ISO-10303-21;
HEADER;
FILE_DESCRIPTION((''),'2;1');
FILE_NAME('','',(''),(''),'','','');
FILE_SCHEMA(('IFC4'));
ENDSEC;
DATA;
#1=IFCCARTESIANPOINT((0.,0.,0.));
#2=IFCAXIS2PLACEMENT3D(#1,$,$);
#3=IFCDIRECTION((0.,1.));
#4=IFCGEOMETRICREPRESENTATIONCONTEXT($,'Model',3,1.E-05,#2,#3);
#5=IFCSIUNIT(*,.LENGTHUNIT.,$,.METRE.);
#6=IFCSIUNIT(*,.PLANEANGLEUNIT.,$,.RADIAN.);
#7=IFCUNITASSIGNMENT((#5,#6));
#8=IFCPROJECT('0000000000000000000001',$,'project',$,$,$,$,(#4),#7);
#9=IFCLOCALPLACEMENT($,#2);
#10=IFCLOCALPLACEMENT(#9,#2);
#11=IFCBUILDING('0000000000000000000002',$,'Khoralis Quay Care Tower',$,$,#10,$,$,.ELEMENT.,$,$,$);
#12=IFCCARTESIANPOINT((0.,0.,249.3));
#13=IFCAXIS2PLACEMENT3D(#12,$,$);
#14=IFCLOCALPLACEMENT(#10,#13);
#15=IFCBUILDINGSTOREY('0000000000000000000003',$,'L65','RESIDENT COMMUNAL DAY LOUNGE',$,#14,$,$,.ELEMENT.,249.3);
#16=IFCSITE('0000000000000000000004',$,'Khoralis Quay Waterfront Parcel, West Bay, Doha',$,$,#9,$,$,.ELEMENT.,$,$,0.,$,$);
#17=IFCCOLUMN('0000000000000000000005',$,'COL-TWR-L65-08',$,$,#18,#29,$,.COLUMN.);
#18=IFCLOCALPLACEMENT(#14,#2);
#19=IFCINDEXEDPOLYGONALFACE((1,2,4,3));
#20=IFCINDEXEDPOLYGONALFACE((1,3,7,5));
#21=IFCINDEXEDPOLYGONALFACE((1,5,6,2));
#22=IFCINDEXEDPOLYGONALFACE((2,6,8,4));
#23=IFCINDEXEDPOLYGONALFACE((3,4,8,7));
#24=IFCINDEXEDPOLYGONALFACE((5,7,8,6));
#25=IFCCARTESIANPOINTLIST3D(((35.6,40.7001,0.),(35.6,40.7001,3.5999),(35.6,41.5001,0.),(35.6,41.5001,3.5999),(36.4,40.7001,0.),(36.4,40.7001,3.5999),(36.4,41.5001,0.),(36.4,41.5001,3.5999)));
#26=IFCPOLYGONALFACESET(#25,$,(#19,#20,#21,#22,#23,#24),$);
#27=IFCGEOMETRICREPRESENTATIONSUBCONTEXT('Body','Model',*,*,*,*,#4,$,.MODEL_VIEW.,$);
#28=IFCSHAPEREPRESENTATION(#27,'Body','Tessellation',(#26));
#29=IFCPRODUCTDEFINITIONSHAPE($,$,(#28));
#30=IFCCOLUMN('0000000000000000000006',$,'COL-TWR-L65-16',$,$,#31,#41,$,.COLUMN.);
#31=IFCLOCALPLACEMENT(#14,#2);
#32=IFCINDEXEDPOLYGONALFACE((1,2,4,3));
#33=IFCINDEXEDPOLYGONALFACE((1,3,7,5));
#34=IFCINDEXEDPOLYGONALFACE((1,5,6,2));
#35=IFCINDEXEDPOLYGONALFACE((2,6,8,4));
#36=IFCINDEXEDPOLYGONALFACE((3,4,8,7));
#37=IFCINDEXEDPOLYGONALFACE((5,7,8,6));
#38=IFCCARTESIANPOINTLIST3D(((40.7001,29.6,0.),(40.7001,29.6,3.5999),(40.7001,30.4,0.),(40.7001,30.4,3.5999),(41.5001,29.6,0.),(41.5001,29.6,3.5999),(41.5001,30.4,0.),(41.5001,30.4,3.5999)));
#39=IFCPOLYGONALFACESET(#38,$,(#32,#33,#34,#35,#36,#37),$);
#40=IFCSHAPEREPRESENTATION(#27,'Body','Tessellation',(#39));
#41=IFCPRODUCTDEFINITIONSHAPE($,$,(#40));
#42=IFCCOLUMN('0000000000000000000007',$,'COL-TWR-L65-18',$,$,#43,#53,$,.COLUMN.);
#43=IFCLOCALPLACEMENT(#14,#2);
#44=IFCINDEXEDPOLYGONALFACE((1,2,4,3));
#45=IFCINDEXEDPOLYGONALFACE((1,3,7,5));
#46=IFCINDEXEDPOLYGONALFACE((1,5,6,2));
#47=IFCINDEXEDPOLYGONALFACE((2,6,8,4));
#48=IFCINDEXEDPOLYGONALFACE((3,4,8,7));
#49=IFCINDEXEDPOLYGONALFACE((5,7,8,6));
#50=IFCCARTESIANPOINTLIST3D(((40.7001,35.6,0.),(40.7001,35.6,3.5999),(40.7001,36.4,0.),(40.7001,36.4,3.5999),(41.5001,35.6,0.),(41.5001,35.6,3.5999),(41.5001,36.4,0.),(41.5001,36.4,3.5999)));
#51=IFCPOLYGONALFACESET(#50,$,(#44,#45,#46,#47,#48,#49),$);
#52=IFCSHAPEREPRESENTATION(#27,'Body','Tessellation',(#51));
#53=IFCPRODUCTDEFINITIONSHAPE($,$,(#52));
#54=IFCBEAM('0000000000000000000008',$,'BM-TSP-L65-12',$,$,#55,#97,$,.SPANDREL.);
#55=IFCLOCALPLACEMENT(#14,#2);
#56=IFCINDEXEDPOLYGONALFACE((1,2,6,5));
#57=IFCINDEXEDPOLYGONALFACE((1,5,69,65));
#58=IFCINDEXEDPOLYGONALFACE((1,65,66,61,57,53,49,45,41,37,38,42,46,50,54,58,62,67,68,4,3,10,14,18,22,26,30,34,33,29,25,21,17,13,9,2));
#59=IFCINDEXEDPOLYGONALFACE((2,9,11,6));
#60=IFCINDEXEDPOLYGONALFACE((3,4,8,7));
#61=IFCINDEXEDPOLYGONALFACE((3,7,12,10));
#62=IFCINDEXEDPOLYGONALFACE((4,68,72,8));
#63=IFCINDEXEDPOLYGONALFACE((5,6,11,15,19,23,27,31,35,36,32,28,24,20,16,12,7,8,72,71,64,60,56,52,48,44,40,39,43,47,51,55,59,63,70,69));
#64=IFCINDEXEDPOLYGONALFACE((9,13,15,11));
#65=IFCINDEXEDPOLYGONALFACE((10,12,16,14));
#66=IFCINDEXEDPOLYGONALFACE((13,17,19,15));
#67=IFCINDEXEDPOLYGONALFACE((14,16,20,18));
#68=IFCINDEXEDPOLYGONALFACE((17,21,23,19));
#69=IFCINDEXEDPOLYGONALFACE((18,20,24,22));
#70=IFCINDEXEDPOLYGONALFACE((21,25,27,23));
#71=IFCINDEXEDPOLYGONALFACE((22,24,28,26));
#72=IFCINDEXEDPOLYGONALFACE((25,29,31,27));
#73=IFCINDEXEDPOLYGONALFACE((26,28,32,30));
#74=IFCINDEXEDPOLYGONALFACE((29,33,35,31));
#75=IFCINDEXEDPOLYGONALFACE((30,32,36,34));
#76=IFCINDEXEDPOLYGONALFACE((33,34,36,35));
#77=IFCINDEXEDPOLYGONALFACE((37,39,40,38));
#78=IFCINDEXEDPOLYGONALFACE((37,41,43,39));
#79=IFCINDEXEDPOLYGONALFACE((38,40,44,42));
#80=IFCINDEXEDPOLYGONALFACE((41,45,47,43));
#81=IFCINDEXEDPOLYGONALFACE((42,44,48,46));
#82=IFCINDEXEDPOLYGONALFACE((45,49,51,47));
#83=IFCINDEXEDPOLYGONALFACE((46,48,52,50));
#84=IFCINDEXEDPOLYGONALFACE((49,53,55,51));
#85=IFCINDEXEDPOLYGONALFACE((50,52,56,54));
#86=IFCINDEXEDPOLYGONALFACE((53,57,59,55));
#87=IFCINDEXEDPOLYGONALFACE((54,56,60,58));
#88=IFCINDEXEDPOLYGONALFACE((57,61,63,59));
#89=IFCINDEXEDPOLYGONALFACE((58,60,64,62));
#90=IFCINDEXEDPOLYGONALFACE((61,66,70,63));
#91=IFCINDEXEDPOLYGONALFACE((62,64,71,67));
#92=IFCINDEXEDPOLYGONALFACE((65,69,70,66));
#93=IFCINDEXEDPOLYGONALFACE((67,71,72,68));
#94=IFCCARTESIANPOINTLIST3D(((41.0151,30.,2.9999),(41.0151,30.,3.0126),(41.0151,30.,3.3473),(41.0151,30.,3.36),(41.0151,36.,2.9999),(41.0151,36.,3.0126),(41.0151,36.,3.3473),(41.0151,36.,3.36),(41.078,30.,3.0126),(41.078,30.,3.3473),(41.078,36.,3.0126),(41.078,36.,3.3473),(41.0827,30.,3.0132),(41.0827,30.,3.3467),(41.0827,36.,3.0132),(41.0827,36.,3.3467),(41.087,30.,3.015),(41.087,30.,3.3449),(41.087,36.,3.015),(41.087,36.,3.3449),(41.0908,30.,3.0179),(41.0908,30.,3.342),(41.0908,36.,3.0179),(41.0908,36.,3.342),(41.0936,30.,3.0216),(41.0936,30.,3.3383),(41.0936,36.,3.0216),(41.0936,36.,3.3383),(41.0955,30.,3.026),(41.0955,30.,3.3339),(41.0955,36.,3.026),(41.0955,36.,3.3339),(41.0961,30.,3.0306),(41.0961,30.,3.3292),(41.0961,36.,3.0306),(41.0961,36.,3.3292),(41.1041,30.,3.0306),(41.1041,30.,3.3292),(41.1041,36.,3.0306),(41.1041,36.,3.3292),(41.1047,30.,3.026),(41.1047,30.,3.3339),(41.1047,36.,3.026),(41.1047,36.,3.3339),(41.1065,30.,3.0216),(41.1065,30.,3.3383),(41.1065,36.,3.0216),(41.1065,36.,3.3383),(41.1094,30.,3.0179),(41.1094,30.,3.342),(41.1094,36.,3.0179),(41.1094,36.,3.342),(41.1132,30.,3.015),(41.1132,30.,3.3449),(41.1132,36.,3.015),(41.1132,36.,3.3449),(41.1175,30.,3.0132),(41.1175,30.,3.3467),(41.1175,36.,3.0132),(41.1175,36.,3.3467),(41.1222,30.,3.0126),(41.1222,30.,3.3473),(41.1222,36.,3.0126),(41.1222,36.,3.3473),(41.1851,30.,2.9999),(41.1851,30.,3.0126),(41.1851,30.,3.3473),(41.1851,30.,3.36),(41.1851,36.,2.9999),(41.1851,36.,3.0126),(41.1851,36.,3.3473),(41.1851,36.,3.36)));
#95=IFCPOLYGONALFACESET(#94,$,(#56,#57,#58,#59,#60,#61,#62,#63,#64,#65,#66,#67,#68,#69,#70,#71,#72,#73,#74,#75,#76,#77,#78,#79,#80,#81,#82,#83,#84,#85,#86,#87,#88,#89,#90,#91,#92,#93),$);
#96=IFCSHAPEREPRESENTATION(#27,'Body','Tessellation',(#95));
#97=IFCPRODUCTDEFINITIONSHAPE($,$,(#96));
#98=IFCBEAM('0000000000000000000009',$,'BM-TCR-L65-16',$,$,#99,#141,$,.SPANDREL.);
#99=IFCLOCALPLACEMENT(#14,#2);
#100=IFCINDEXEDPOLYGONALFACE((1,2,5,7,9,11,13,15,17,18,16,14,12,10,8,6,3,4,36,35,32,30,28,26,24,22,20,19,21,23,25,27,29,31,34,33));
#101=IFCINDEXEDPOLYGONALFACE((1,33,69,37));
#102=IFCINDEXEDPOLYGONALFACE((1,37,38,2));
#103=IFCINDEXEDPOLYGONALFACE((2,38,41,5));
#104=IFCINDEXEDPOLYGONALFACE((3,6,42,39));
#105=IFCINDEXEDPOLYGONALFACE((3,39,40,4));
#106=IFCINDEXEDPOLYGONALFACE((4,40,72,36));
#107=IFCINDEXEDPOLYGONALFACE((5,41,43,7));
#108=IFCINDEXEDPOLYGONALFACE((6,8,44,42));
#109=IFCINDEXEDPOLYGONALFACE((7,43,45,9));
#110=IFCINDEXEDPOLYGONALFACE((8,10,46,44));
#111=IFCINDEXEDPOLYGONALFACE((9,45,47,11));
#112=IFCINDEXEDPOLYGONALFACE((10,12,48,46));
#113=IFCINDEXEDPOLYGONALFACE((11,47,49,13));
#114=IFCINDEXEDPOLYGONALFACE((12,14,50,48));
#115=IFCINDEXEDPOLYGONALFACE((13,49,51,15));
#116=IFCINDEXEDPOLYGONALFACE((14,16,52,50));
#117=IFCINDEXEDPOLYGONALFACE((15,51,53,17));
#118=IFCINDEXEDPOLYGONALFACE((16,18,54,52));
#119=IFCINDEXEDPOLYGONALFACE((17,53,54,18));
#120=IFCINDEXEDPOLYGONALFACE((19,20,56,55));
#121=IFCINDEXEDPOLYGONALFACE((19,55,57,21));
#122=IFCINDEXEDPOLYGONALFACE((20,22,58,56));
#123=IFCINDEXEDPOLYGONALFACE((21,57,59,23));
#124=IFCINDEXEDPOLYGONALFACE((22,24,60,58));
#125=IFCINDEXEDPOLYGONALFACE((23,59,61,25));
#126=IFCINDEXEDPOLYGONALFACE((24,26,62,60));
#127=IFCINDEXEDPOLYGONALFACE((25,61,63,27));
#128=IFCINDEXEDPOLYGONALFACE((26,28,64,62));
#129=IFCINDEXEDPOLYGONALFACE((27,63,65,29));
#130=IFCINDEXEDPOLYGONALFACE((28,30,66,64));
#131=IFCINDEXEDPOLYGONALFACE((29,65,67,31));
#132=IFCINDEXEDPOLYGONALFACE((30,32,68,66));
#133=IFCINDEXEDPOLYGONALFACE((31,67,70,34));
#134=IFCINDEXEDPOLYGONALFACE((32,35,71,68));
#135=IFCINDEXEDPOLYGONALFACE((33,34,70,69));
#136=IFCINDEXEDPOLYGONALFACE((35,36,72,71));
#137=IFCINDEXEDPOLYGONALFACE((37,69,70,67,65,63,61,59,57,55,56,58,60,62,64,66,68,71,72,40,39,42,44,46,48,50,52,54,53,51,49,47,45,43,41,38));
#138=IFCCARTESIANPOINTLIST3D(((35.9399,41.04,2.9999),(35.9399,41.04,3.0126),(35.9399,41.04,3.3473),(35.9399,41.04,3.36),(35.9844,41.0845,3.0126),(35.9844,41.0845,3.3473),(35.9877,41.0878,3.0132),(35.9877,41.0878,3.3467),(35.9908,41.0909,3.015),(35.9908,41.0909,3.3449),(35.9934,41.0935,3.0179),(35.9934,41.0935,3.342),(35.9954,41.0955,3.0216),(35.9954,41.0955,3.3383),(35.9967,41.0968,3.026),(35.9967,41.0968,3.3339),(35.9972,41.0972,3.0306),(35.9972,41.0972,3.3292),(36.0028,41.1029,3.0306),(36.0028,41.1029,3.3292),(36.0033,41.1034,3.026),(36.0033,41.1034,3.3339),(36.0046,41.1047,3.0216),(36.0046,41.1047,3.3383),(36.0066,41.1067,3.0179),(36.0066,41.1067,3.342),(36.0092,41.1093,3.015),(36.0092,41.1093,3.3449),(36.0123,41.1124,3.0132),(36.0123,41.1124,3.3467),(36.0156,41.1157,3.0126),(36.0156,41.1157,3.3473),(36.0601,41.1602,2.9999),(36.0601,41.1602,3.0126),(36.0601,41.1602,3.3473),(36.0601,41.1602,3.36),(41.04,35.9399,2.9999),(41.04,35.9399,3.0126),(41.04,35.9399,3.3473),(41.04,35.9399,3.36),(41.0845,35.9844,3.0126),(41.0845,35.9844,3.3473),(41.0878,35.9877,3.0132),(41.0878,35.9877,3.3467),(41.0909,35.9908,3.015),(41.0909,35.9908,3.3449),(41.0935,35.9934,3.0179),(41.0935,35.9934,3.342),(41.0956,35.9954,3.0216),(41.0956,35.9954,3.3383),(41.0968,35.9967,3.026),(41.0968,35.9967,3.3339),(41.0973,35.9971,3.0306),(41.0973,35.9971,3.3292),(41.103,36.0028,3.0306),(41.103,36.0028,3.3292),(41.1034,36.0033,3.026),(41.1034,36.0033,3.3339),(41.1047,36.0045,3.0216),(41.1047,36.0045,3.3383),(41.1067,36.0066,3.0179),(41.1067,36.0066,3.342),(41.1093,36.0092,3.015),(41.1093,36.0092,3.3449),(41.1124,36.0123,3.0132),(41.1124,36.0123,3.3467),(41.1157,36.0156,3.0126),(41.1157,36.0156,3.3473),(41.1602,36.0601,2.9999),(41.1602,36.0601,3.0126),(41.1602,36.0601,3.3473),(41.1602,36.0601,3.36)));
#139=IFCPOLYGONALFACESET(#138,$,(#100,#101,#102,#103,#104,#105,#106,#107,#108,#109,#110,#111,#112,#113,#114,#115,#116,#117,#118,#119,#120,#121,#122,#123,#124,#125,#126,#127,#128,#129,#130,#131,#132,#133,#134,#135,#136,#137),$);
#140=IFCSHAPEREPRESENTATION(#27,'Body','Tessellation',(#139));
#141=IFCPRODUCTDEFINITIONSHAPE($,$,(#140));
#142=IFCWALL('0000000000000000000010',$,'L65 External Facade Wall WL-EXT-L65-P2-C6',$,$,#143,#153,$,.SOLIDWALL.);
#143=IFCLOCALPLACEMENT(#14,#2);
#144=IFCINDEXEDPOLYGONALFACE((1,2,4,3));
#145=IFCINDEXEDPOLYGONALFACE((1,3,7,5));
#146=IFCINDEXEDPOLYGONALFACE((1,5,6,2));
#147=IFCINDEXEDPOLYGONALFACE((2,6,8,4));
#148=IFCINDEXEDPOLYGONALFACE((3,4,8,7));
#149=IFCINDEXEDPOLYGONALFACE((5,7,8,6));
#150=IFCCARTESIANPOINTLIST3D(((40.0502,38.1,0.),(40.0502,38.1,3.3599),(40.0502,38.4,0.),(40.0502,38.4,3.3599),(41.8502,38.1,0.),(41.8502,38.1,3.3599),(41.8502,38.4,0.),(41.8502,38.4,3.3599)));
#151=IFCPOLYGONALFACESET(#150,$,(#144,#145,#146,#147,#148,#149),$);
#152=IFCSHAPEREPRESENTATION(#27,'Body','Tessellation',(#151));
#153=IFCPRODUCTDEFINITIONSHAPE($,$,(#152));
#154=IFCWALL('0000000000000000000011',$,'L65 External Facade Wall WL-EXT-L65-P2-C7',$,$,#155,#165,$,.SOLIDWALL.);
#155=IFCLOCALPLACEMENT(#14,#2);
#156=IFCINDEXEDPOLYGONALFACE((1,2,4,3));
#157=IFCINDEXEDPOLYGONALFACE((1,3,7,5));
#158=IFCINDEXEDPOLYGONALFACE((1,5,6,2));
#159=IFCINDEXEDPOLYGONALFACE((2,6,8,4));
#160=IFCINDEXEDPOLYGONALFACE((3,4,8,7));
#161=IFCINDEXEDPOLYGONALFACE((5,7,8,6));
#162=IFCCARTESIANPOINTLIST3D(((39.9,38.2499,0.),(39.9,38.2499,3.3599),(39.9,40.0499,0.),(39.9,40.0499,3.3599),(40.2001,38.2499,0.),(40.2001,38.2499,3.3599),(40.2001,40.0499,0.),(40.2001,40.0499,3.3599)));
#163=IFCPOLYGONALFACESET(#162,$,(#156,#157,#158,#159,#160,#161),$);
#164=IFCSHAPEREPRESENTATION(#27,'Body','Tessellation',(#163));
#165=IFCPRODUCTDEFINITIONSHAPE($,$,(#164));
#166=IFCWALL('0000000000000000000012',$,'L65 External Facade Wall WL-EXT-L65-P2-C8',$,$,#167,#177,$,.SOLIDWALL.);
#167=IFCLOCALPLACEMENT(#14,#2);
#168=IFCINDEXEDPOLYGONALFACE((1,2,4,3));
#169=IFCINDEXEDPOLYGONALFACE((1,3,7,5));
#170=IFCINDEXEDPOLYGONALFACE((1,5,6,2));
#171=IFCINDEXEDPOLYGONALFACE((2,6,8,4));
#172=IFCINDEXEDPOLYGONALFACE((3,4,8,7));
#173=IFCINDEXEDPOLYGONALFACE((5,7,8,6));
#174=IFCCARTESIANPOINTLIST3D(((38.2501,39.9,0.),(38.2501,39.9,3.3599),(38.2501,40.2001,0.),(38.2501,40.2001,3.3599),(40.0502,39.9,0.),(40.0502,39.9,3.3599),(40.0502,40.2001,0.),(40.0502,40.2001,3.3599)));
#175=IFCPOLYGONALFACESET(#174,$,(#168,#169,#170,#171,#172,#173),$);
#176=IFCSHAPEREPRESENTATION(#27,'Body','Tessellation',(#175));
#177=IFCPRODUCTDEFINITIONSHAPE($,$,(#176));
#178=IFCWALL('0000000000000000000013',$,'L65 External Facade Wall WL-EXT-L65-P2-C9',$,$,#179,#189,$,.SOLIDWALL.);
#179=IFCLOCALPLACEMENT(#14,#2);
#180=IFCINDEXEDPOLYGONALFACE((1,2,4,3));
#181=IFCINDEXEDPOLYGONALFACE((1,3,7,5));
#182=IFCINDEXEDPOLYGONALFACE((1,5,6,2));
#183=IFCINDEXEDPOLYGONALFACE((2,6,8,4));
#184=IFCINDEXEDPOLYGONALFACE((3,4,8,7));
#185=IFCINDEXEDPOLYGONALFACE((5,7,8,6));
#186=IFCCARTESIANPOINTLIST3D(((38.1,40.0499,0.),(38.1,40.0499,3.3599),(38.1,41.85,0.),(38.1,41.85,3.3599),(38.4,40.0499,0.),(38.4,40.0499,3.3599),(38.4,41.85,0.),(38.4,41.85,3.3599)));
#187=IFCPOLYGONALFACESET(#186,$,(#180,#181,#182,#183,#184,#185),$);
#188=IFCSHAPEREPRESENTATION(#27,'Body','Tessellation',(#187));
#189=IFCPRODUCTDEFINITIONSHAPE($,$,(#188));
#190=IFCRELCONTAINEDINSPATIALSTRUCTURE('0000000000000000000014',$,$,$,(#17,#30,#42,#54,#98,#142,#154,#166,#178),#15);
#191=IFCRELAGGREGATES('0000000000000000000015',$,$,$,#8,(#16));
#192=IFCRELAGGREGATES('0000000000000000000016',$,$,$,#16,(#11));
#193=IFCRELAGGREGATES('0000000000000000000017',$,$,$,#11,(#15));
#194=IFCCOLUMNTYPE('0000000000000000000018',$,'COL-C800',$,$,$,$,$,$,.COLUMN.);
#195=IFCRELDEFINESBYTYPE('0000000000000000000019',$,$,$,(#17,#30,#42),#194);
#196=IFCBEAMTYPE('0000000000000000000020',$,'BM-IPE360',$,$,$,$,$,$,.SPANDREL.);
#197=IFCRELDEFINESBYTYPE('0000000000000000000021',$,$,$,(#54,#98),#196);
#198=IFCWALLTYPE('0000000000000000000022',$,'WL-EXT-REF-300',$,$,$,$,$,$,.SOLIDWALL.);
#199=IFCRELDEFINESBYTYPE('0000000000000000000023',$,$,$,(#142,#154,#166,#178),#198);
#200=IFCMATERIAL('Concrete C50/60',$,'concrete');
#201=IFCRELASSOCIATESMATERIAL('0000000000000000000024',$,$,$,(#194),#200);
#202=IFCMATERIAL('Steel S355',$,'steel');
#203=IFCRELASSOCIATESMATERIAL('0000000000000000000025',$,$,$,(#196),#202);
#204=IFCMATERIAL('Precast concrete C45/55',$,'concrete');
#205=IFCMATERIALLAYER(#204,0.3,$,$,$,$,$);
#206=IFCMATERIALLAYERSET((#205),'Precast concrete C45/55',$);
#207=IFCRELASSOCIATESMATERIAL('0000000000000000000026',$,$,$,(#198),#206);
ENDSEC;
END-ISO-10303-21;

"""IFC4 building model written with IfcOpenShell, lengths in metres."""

from ifc_helpers import new_model, si_unit, direction, frame, frame_2d, origin, origin_2d, place, context, subcontext, project, spatial, rectangle, i_section, extrude, source, transform, mapped, material, layer, layer_set, material_profile, profile_set, type_object, element, save


model = new_model("IFC4")

# Units and contexts
model_context = context("Model", 3, precision=1e-05, world=origin(), true_north=direction((0.0, 1.0)))
body_context = subcontext(model_context, "Body", "Model", "MODEL_VIEW")
ifc_project = project(units=[si_unit("LENGTHUNIT", "METRE"), si_unit("PLANEANGLEUNIT", "RADIAN")], contexts=[model_context])

# Site, building, storey
site_placement = place(None, origin())
site = spatial("IfcSite", under=ifc_project, at=site_placement, Name="Khoralis Quay Waterfront Parcel, West Bay, Doha", CompositionType="ELEMENT", RefElevation=0.0)
building_placement = place(site_placement, origin())
building = spatial("IfcBuilding", under=site, at=building_placement, Name="Khoralis Quay Care Tower", CompositionType="ELEMENT")
storey_placement = place(building_placement, frame((0.0, 0.0, 249.3)))
storey = spatial("IfcBuildingStorey", under=building, at=storey_placement, Name="L65", Description="RESIDENT COMMUNAL DAY LOUNGE", CompositionType="ELEMENT", Elevation=249.3)

# Columns
ifc_material_1 = material(Name="Concrete C50/60", Category="concrete")
ifc_material_profile_1 = material_profile(ifc_material_1, rectangle(XDim=0.8, YDim=0.8, at=origin_2d()), Name="Concrete C50/60")
ifc_profile_set_1 = profile_set([ifc_material_profile_1], Name="Concrete C50/60")
column_type = type_object("IfcColumnType", Name="COL-C800", PredefinedType="COLUMN", material=ifc_profile_set_1)
shared_shape_1 = source(origin(), body_context, "Body", "SweptSolid", [
    extrude(rectangle(XDim=0.8, YDim=0.8, at=origin_2d()), origin(), (0.0, 0.0, 1.0), 3.5999),
])
for number, where, z_axis, x_axis, name in (
    (1, (36.0, 41.1001, 0.0), (0.0, 0.0, 1.0), (1.0, 0.0, 0.0), "COL-TWR-L65-08"),
    (2, (41.1001, 30.0, 0.0), (0.0, 0.0, 1.0), (1.0, 0.0, 0.0), "COL-TWR-L65-16"),
    (3, (41.1001, 36.0, 0.0), (0.0, 0.0, 1.0), (1.0, 0.0, 0.0), "COL-TWR-L65-18"),
):
    element("IfcColumn", number, at=place(storey_placement, frame(where, z_axis=z_axis, x_axis=x_axis)), inside=storey, type_object=column_type, Name=name, PredefinedType="COLUMN", context=body_context, shape_type="MappedRepresentation", body=[
        mapped(shared_shape_1, transform((0.0, 0.0, 0.0), scale=1.0)),
    ])

# Beams
ifc_material_2 = material(Name="Steel S355", Category="steel")
ifc_material_profile_2 = material_profile(ifc_material_2, i_section(OverallWidth=0.1699, OverallDepth=0.3601, WebThickness=0.0081, FlangeThickness=0.0127, FilletRadius=0.0181, at=origin_2d()), Name="Steel S355")
ifc_profile_set_2 = profile_set([ifc_material_profile_2], Name="Steel S355")
beam_type = type_object("IfcBeamType", Name="BM-IPE360", PredefinedType="SPANDREL", material=ifc_profile_set_2)
shared_shape_2 = source(origin(), body_context, "Body", "SweptSolid", [
    extrude(i_section(OverallWidth=0.1699, OverallDepth=0.3601, WebThickness=0.0081, FlangeThickness=0.0127, FilletRadius=0.0181, at=origin_2d()), origin(), (0.0, 0.0, 1.0), 6.0),
])
beam_1_placement = place(storey_placement, frame((41.1001, 30.0, 3.1799), z_axis=(0.0, 1.0, 0.0), x_axis=(-1.0, 0.0, 0.0)))
element("IfcBeam", 4, at=beam_1_placement, inside=storey, type_object=beam_type, Name="BM-TSP-L65-12", PredefinedType="SPANDREL", context=body_context, shape_type="MappedRepresentation", body=[
    mapped(shared_shape_2, transform((0.0, 0.0, 0.0), scale=1.0)),
])
shared_shape_3 = source(origin(), body_context, "Body", "SweptSolid", [
    extrude(i_section(OverallWidth=0.1699, OverallDepth=0.3601, WebThickness=0.0081, FlangeThickness=0.0127, FilletRadius=0.0181, at=origin_2d()), origin(), (0.0, 0.0, 1.0), 7.2126),
])
beam_2_placement = place(storey_placement, frame((36.0, 41.1001, 3.1799), z_axis=(0.707107, -0.707107, 0.0), x_axis=(0.707107, 0.707107, 0.0)))
element("IfcBeam", 5, at=beam_2_placement, inside=storey, type_object=beam_type, Name="BM-TCR-L65-16", PredefinedType="SPANDREL", context=body_context, shape_type="MappedRepresentation", body=[
    mapped(shared_shape_3, transform((0.0, 0.0, 0.0), scale=1.0)),
])

# Walls
ifc_material_3 = material(Name="Precast concrete C45/55", Category="concrete")
ifc_layer_1 = layer(ifc_material_3, 0.3)
ifc_layer_set_1 = layer_set([ifc_layer_1], Name="Precast concrete C45/55")
wall_type_1 = type_object("IfcWallType", Name="WL-EXT-REF-300", PredefinedType="SOLIDWALL", material=ifc_layer_set_1)
for number, where, z_axis, x_axis, name in (
    (6, (41.8501, 38.25, 0.0), (0.0, 0.0, 1.0), (-1.0, 0.0, 0.0), "L65 External Facade Wall WL-EXT-L65-P2-C6"),
    (7, (40.05, 38.25, 0.0), (0.0, 0.0, 1.0), (0.0, 1.0, 0.0), "L65 External Facade Wall WL-EXT-L65-P2-C7"),
    (8, (40.05, 40.05, 0.0), (0.0, 0.0, 1.0), (-1.0, 0.0, 0.0), "L65 External Facade Wall WL-EXT-L65-P2-C8"),
    (9, (38.25, 40.05, 0.0), (0.0, 0.0, 1.0), (0.0, 1.0, 0.0), "L65 External Facade Wall WL-EXT-L65-P2-C9"),
):
    element("IfcWall", number, at=place(storey_placement, frame(where, z_axis=z_axis, x_axis=x_axis)), inside=storey, type_object=wall_type_1, Name=name, PredefinedType="SOLIDWALL", context=body_context, shape_type="SweptSolid", body=[
        extrude(rectangle(XDim=1.8, YDim=0.3, at=frame_2d((0.8999, 0.0))), origin(), (0.0, 0.0, 1.0), 3.3599),
    ])

save(model, "model.ifc")
